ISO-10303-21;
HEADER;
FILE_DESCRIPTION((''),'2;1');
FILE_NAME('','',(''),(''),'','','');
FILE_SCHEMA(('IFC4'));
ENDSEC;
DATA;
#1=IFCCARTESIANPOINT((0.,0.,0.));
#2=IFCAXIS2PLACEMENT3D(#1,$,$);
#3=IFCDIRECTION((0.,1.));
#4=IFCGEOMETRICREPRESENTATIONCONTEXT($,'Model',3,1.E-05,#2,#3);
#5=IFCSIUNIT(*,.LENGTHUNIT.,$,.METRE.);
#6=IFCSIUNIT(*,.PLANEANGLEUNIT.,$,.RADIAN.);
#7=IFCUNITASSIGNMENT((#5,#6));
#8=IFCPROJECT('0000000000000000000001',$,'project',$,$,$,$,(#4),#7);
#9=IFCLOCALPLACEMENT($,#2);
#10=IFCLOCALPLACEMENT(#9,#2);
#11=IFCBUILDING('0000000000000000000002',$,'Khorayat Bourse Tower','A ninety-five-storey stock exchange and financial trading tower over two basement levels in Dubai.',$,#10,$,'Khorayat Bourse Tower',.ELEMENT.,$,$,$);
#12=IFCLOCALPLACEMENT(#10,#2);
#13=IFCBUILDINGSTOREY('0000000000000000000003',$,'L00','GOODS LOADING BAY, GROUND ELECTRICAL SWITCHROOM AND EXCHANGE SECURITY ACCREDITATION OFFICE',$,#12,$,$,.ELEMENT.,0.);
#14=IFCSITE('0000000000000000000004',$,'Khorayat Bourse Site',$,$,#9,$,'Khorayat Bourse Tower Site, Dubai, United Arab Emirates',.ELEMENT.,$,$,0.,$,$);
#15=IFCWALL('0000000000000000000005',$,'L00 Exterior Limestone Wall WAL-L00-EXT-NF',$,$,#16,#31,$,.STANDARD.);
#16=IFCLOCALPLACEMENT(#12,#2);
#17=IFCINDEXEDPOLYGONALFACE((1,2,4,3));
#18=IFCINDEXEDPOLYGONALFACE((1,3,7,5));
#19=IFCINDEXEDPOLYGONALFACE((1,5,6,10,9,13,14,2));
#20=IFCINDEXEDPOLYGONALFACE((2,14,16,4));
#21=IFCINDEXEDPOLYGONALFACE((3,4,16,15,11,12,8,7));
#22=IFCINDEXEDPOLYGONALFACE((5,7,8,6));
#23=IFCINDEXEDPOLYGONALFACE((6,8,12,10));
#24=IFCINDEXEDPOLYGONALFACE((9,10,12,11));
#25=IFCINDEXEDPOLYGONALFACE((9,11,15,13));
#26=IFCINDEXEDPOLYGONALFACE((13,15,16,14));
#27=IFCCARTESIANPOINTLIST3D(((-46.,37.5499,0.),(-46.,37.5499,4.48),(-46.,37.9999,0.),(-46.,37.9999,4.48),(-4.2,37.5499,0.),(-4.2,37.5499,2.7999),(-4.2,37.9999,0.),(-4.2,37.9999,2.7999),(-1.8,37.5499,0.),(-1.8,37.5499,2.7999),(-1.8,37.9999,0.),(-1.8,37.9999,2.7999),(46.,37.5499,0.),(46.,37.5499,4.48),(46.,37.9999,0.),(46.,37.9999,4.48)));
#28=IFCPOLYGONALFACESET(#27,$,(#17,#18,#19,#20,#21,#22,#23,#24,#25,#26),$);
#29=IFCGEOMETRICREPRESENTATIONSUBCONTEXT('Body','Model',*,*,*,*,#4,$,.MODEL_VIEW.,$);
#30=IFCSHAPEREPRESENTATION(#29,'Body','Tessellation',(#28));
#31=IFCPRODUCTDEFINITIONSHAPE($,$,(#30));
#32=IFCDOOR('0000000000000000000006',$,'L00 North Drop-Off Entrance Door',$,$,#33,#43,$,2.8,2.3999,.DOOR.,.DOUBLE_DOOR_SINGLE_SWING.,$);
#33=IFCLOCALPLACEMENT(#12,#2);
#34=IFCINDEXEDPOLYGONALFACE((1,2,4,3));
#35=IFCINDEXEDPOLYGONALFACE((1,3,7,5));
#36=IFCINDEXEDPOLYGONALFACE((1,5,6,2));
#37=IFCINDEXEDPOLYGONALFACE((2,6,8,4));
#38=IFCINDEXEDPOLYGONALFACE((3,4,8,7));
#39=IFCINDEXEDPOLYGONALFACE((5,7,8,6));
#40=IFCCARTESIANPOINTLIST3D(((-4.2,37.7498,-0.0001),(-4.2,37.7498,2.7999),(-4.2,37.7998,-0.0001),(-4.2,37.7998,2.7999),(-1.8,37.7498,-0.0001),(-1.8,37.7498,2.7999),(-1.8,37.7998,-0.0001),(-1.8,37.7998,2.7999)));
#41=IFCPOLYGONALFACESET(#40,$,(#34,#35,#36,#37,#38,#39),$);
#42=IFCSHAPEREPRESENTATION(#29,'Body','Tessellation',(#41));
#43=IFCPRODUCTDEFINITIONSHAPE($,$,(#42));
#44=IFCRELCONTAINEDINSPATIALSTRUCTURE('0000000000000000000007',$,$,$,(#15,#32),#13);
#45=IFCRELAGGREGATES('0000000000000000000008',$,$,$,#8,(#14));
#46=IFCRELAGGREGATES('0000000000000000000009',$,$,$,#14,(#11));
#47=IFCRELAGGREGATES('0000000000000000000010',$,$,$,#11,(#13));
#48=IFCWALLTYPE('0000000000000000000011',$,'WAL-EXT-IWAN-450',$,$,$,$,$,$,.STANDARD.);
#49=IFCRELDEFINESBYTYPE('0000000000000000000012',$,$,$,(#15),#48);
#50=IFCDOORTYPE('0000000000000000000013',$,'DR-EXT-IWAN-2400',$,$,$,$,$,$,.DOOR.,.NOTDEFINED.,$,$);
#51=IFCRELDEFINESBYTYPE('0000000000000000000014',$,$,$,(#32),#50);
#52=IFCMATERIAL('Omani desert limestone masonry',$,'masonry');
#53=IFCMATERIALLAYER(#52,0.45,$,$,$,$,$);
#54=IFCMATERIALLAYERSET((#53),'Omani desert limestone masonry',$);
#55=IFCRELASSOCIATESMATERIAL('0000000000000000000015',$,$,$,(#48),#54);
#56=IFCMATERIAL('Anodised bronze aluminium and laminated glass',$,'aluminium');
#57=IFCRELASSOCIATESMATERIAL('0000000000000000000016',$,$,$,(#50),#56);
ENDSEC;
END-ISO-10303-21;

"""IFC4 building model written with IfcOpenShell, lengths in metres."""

from ifc_helpers import new_model, si_unit, direction, frame, frame_2d, origin, place, context, subcontext, project, spatial, rectangle, extrude, source, transform, mapped, material, layer, layer_set, type_object, element, fill, save


model = new_model("IFC4")

# Units and contexts
model_context = context("Model", 3, precision=1e-05, world=origin(), true_north=direction((0.0, 1.0)))
body_context = subcontext(model_context, "Body", "Model", "MODEL_VIEW")
ifc_project = project(units=[si_unit("LENGTHUNIT", "METRE"), si_unit("PLANEANGLEUNIT", "RADIAN")], contexts=[model_context])

# Site, building, storey
site_placement = place(None, origin())
site = spatial("IfcSite", under=ifc_project, at=site_placement, Name="Khorayat Bourse Site", LongName="Khorayat Bourse Tower Site, Dubai, United Arab Emirates", CompositionType="ELEMENT", RefElevation=0.0)
building_placement = place(site_placement, origin())
building = spatial("IfcBuilding", under=site, at=building_placement, Name="Khorayat Bourse Tower", Description="A ninety-five-storey stock exchange and financial trading tower over two basement levels in Dubai.", LongName="Khorayat Bourse Tower", CompositionType="ELEMENT")
storey_placement = place(building_placement, origin())
storey = spatial("IfcBuildingStorey", under=building, at=storey_placement, Name="L00", Description="GOODS LOADING BAY, GROUND ELECTRICAL SWITCHROOM AND EXCHANGE SECURITY ACCREDITATION OFFICE", CompositionType="ELEMENT", Elevation=0.0)

# Wall, opening, door
ifc_material_1 = material(Name="Omani desert limestone masonry", Category="masonry")
ifc_layer = layer(ifc_material_1, 0.45)
ifc_layer_set = layer_set([ifc_layer], Name="Omani desert limestone masonry")
wall_type = type_object("IfcWallType", Name="WAL-EXT-IWAN-450", PredefinedType="STANDARD", material=ifc_layer_set)
shared_shape_1 = source(origin(), body_context, "Body", "SweptSolid", [
    extrude(rectangle(XDim=92.0, YDim=0.45, at=frame_2d((46.0, 0.0))), origin(), (0.0, 0.0, 1.0), 4.48),
])
wall_placement = place(storey_placement, frame((-46.0, 37.7749, 0.0), z_axis=(0.0, 0.0, 1.0), x_axis=(1.0, 0.0, 0.0)))
wall = element("IfcWall", 1, at=wall_placement, inside=storey, type_object=wall_type, Name="L00 Exterior Limestone Wall WAL-L00-EXT-NF", PredefinedType="STANDARD", context=body_context, shape_type="MappedRepresentation", body=[
    mapped(shared_shape_1, transform((0.0, 0.0, 0.0), scale=1.0)),
])
shared_shape_2 = source(origin(), body_context, "Body", "SweptSolid", [
    extrude(rectangle(XDim=2.3999, YDim=2.8, at=frame_2d((1.2, 1.3999))), frame((0.0, 0.2349, 0.0), z_axis=(0.0, -1.0, 0.0), x_axis=(1.0, 0.0, 0.0)), (0.0, 0.0, 1.0), 0.47),
])
opening_placement = place(wall_placement, frame((41.8, 0.0, 0.0)))
opening = element("IfcOpeningElement", 2, at=opening_placement, cuts=wall, PredefinedType="OPENING", context=body_context, shape_type="MappedRepresentation", body=[
    mapped(shared_shape_2, transform((0.0, 0.0, 0.0), scale=1.0)),
])
ifc_material_2 = material(Name="Anodised bronze aluminium and laminated glass", Category="aluminium")
door_type = type_object("IfcDoorType", Name="DR-EXT-IWAN-2400", OperationType="NOTDEFINED", PredefinedType="DOOR", material=ifc_material_2)
shared_shape_3 = source(origin(), body_context, "Body", "SweptSolid", [
    extrude(rectangle(XDim=2.3999, YDim=2.8, at=frame_2d((1.2, 1.3999))), frame((0.0, 0.0249, 0.0), z_axis=(0.0, -1.0, 0.0), x_axis=(1.0, 0.0, 0.0)), (0.0, 0.0, 1.0), 0.05),
])
door_placement = place(opening_placement, origin())
door = element("IfcDoor", 3, at=door_placement, inside=storey, type_object=door_type, Name="L00 North Drop-Off Entrance Door", OperationType="DOUBLE_DOOR_SINGLE_SWING", OverallHeight=2.8, OverallWidth=2.3999, PredefinedType="DOOR", context=body_context, shape_type="MappedRepresentation", body=[
    mapped(shared_shape_3, transform((0.0, 0.0, 0.0), scale=1.0)),
])
fill(opening, door)

save(model, "model.ifc")
